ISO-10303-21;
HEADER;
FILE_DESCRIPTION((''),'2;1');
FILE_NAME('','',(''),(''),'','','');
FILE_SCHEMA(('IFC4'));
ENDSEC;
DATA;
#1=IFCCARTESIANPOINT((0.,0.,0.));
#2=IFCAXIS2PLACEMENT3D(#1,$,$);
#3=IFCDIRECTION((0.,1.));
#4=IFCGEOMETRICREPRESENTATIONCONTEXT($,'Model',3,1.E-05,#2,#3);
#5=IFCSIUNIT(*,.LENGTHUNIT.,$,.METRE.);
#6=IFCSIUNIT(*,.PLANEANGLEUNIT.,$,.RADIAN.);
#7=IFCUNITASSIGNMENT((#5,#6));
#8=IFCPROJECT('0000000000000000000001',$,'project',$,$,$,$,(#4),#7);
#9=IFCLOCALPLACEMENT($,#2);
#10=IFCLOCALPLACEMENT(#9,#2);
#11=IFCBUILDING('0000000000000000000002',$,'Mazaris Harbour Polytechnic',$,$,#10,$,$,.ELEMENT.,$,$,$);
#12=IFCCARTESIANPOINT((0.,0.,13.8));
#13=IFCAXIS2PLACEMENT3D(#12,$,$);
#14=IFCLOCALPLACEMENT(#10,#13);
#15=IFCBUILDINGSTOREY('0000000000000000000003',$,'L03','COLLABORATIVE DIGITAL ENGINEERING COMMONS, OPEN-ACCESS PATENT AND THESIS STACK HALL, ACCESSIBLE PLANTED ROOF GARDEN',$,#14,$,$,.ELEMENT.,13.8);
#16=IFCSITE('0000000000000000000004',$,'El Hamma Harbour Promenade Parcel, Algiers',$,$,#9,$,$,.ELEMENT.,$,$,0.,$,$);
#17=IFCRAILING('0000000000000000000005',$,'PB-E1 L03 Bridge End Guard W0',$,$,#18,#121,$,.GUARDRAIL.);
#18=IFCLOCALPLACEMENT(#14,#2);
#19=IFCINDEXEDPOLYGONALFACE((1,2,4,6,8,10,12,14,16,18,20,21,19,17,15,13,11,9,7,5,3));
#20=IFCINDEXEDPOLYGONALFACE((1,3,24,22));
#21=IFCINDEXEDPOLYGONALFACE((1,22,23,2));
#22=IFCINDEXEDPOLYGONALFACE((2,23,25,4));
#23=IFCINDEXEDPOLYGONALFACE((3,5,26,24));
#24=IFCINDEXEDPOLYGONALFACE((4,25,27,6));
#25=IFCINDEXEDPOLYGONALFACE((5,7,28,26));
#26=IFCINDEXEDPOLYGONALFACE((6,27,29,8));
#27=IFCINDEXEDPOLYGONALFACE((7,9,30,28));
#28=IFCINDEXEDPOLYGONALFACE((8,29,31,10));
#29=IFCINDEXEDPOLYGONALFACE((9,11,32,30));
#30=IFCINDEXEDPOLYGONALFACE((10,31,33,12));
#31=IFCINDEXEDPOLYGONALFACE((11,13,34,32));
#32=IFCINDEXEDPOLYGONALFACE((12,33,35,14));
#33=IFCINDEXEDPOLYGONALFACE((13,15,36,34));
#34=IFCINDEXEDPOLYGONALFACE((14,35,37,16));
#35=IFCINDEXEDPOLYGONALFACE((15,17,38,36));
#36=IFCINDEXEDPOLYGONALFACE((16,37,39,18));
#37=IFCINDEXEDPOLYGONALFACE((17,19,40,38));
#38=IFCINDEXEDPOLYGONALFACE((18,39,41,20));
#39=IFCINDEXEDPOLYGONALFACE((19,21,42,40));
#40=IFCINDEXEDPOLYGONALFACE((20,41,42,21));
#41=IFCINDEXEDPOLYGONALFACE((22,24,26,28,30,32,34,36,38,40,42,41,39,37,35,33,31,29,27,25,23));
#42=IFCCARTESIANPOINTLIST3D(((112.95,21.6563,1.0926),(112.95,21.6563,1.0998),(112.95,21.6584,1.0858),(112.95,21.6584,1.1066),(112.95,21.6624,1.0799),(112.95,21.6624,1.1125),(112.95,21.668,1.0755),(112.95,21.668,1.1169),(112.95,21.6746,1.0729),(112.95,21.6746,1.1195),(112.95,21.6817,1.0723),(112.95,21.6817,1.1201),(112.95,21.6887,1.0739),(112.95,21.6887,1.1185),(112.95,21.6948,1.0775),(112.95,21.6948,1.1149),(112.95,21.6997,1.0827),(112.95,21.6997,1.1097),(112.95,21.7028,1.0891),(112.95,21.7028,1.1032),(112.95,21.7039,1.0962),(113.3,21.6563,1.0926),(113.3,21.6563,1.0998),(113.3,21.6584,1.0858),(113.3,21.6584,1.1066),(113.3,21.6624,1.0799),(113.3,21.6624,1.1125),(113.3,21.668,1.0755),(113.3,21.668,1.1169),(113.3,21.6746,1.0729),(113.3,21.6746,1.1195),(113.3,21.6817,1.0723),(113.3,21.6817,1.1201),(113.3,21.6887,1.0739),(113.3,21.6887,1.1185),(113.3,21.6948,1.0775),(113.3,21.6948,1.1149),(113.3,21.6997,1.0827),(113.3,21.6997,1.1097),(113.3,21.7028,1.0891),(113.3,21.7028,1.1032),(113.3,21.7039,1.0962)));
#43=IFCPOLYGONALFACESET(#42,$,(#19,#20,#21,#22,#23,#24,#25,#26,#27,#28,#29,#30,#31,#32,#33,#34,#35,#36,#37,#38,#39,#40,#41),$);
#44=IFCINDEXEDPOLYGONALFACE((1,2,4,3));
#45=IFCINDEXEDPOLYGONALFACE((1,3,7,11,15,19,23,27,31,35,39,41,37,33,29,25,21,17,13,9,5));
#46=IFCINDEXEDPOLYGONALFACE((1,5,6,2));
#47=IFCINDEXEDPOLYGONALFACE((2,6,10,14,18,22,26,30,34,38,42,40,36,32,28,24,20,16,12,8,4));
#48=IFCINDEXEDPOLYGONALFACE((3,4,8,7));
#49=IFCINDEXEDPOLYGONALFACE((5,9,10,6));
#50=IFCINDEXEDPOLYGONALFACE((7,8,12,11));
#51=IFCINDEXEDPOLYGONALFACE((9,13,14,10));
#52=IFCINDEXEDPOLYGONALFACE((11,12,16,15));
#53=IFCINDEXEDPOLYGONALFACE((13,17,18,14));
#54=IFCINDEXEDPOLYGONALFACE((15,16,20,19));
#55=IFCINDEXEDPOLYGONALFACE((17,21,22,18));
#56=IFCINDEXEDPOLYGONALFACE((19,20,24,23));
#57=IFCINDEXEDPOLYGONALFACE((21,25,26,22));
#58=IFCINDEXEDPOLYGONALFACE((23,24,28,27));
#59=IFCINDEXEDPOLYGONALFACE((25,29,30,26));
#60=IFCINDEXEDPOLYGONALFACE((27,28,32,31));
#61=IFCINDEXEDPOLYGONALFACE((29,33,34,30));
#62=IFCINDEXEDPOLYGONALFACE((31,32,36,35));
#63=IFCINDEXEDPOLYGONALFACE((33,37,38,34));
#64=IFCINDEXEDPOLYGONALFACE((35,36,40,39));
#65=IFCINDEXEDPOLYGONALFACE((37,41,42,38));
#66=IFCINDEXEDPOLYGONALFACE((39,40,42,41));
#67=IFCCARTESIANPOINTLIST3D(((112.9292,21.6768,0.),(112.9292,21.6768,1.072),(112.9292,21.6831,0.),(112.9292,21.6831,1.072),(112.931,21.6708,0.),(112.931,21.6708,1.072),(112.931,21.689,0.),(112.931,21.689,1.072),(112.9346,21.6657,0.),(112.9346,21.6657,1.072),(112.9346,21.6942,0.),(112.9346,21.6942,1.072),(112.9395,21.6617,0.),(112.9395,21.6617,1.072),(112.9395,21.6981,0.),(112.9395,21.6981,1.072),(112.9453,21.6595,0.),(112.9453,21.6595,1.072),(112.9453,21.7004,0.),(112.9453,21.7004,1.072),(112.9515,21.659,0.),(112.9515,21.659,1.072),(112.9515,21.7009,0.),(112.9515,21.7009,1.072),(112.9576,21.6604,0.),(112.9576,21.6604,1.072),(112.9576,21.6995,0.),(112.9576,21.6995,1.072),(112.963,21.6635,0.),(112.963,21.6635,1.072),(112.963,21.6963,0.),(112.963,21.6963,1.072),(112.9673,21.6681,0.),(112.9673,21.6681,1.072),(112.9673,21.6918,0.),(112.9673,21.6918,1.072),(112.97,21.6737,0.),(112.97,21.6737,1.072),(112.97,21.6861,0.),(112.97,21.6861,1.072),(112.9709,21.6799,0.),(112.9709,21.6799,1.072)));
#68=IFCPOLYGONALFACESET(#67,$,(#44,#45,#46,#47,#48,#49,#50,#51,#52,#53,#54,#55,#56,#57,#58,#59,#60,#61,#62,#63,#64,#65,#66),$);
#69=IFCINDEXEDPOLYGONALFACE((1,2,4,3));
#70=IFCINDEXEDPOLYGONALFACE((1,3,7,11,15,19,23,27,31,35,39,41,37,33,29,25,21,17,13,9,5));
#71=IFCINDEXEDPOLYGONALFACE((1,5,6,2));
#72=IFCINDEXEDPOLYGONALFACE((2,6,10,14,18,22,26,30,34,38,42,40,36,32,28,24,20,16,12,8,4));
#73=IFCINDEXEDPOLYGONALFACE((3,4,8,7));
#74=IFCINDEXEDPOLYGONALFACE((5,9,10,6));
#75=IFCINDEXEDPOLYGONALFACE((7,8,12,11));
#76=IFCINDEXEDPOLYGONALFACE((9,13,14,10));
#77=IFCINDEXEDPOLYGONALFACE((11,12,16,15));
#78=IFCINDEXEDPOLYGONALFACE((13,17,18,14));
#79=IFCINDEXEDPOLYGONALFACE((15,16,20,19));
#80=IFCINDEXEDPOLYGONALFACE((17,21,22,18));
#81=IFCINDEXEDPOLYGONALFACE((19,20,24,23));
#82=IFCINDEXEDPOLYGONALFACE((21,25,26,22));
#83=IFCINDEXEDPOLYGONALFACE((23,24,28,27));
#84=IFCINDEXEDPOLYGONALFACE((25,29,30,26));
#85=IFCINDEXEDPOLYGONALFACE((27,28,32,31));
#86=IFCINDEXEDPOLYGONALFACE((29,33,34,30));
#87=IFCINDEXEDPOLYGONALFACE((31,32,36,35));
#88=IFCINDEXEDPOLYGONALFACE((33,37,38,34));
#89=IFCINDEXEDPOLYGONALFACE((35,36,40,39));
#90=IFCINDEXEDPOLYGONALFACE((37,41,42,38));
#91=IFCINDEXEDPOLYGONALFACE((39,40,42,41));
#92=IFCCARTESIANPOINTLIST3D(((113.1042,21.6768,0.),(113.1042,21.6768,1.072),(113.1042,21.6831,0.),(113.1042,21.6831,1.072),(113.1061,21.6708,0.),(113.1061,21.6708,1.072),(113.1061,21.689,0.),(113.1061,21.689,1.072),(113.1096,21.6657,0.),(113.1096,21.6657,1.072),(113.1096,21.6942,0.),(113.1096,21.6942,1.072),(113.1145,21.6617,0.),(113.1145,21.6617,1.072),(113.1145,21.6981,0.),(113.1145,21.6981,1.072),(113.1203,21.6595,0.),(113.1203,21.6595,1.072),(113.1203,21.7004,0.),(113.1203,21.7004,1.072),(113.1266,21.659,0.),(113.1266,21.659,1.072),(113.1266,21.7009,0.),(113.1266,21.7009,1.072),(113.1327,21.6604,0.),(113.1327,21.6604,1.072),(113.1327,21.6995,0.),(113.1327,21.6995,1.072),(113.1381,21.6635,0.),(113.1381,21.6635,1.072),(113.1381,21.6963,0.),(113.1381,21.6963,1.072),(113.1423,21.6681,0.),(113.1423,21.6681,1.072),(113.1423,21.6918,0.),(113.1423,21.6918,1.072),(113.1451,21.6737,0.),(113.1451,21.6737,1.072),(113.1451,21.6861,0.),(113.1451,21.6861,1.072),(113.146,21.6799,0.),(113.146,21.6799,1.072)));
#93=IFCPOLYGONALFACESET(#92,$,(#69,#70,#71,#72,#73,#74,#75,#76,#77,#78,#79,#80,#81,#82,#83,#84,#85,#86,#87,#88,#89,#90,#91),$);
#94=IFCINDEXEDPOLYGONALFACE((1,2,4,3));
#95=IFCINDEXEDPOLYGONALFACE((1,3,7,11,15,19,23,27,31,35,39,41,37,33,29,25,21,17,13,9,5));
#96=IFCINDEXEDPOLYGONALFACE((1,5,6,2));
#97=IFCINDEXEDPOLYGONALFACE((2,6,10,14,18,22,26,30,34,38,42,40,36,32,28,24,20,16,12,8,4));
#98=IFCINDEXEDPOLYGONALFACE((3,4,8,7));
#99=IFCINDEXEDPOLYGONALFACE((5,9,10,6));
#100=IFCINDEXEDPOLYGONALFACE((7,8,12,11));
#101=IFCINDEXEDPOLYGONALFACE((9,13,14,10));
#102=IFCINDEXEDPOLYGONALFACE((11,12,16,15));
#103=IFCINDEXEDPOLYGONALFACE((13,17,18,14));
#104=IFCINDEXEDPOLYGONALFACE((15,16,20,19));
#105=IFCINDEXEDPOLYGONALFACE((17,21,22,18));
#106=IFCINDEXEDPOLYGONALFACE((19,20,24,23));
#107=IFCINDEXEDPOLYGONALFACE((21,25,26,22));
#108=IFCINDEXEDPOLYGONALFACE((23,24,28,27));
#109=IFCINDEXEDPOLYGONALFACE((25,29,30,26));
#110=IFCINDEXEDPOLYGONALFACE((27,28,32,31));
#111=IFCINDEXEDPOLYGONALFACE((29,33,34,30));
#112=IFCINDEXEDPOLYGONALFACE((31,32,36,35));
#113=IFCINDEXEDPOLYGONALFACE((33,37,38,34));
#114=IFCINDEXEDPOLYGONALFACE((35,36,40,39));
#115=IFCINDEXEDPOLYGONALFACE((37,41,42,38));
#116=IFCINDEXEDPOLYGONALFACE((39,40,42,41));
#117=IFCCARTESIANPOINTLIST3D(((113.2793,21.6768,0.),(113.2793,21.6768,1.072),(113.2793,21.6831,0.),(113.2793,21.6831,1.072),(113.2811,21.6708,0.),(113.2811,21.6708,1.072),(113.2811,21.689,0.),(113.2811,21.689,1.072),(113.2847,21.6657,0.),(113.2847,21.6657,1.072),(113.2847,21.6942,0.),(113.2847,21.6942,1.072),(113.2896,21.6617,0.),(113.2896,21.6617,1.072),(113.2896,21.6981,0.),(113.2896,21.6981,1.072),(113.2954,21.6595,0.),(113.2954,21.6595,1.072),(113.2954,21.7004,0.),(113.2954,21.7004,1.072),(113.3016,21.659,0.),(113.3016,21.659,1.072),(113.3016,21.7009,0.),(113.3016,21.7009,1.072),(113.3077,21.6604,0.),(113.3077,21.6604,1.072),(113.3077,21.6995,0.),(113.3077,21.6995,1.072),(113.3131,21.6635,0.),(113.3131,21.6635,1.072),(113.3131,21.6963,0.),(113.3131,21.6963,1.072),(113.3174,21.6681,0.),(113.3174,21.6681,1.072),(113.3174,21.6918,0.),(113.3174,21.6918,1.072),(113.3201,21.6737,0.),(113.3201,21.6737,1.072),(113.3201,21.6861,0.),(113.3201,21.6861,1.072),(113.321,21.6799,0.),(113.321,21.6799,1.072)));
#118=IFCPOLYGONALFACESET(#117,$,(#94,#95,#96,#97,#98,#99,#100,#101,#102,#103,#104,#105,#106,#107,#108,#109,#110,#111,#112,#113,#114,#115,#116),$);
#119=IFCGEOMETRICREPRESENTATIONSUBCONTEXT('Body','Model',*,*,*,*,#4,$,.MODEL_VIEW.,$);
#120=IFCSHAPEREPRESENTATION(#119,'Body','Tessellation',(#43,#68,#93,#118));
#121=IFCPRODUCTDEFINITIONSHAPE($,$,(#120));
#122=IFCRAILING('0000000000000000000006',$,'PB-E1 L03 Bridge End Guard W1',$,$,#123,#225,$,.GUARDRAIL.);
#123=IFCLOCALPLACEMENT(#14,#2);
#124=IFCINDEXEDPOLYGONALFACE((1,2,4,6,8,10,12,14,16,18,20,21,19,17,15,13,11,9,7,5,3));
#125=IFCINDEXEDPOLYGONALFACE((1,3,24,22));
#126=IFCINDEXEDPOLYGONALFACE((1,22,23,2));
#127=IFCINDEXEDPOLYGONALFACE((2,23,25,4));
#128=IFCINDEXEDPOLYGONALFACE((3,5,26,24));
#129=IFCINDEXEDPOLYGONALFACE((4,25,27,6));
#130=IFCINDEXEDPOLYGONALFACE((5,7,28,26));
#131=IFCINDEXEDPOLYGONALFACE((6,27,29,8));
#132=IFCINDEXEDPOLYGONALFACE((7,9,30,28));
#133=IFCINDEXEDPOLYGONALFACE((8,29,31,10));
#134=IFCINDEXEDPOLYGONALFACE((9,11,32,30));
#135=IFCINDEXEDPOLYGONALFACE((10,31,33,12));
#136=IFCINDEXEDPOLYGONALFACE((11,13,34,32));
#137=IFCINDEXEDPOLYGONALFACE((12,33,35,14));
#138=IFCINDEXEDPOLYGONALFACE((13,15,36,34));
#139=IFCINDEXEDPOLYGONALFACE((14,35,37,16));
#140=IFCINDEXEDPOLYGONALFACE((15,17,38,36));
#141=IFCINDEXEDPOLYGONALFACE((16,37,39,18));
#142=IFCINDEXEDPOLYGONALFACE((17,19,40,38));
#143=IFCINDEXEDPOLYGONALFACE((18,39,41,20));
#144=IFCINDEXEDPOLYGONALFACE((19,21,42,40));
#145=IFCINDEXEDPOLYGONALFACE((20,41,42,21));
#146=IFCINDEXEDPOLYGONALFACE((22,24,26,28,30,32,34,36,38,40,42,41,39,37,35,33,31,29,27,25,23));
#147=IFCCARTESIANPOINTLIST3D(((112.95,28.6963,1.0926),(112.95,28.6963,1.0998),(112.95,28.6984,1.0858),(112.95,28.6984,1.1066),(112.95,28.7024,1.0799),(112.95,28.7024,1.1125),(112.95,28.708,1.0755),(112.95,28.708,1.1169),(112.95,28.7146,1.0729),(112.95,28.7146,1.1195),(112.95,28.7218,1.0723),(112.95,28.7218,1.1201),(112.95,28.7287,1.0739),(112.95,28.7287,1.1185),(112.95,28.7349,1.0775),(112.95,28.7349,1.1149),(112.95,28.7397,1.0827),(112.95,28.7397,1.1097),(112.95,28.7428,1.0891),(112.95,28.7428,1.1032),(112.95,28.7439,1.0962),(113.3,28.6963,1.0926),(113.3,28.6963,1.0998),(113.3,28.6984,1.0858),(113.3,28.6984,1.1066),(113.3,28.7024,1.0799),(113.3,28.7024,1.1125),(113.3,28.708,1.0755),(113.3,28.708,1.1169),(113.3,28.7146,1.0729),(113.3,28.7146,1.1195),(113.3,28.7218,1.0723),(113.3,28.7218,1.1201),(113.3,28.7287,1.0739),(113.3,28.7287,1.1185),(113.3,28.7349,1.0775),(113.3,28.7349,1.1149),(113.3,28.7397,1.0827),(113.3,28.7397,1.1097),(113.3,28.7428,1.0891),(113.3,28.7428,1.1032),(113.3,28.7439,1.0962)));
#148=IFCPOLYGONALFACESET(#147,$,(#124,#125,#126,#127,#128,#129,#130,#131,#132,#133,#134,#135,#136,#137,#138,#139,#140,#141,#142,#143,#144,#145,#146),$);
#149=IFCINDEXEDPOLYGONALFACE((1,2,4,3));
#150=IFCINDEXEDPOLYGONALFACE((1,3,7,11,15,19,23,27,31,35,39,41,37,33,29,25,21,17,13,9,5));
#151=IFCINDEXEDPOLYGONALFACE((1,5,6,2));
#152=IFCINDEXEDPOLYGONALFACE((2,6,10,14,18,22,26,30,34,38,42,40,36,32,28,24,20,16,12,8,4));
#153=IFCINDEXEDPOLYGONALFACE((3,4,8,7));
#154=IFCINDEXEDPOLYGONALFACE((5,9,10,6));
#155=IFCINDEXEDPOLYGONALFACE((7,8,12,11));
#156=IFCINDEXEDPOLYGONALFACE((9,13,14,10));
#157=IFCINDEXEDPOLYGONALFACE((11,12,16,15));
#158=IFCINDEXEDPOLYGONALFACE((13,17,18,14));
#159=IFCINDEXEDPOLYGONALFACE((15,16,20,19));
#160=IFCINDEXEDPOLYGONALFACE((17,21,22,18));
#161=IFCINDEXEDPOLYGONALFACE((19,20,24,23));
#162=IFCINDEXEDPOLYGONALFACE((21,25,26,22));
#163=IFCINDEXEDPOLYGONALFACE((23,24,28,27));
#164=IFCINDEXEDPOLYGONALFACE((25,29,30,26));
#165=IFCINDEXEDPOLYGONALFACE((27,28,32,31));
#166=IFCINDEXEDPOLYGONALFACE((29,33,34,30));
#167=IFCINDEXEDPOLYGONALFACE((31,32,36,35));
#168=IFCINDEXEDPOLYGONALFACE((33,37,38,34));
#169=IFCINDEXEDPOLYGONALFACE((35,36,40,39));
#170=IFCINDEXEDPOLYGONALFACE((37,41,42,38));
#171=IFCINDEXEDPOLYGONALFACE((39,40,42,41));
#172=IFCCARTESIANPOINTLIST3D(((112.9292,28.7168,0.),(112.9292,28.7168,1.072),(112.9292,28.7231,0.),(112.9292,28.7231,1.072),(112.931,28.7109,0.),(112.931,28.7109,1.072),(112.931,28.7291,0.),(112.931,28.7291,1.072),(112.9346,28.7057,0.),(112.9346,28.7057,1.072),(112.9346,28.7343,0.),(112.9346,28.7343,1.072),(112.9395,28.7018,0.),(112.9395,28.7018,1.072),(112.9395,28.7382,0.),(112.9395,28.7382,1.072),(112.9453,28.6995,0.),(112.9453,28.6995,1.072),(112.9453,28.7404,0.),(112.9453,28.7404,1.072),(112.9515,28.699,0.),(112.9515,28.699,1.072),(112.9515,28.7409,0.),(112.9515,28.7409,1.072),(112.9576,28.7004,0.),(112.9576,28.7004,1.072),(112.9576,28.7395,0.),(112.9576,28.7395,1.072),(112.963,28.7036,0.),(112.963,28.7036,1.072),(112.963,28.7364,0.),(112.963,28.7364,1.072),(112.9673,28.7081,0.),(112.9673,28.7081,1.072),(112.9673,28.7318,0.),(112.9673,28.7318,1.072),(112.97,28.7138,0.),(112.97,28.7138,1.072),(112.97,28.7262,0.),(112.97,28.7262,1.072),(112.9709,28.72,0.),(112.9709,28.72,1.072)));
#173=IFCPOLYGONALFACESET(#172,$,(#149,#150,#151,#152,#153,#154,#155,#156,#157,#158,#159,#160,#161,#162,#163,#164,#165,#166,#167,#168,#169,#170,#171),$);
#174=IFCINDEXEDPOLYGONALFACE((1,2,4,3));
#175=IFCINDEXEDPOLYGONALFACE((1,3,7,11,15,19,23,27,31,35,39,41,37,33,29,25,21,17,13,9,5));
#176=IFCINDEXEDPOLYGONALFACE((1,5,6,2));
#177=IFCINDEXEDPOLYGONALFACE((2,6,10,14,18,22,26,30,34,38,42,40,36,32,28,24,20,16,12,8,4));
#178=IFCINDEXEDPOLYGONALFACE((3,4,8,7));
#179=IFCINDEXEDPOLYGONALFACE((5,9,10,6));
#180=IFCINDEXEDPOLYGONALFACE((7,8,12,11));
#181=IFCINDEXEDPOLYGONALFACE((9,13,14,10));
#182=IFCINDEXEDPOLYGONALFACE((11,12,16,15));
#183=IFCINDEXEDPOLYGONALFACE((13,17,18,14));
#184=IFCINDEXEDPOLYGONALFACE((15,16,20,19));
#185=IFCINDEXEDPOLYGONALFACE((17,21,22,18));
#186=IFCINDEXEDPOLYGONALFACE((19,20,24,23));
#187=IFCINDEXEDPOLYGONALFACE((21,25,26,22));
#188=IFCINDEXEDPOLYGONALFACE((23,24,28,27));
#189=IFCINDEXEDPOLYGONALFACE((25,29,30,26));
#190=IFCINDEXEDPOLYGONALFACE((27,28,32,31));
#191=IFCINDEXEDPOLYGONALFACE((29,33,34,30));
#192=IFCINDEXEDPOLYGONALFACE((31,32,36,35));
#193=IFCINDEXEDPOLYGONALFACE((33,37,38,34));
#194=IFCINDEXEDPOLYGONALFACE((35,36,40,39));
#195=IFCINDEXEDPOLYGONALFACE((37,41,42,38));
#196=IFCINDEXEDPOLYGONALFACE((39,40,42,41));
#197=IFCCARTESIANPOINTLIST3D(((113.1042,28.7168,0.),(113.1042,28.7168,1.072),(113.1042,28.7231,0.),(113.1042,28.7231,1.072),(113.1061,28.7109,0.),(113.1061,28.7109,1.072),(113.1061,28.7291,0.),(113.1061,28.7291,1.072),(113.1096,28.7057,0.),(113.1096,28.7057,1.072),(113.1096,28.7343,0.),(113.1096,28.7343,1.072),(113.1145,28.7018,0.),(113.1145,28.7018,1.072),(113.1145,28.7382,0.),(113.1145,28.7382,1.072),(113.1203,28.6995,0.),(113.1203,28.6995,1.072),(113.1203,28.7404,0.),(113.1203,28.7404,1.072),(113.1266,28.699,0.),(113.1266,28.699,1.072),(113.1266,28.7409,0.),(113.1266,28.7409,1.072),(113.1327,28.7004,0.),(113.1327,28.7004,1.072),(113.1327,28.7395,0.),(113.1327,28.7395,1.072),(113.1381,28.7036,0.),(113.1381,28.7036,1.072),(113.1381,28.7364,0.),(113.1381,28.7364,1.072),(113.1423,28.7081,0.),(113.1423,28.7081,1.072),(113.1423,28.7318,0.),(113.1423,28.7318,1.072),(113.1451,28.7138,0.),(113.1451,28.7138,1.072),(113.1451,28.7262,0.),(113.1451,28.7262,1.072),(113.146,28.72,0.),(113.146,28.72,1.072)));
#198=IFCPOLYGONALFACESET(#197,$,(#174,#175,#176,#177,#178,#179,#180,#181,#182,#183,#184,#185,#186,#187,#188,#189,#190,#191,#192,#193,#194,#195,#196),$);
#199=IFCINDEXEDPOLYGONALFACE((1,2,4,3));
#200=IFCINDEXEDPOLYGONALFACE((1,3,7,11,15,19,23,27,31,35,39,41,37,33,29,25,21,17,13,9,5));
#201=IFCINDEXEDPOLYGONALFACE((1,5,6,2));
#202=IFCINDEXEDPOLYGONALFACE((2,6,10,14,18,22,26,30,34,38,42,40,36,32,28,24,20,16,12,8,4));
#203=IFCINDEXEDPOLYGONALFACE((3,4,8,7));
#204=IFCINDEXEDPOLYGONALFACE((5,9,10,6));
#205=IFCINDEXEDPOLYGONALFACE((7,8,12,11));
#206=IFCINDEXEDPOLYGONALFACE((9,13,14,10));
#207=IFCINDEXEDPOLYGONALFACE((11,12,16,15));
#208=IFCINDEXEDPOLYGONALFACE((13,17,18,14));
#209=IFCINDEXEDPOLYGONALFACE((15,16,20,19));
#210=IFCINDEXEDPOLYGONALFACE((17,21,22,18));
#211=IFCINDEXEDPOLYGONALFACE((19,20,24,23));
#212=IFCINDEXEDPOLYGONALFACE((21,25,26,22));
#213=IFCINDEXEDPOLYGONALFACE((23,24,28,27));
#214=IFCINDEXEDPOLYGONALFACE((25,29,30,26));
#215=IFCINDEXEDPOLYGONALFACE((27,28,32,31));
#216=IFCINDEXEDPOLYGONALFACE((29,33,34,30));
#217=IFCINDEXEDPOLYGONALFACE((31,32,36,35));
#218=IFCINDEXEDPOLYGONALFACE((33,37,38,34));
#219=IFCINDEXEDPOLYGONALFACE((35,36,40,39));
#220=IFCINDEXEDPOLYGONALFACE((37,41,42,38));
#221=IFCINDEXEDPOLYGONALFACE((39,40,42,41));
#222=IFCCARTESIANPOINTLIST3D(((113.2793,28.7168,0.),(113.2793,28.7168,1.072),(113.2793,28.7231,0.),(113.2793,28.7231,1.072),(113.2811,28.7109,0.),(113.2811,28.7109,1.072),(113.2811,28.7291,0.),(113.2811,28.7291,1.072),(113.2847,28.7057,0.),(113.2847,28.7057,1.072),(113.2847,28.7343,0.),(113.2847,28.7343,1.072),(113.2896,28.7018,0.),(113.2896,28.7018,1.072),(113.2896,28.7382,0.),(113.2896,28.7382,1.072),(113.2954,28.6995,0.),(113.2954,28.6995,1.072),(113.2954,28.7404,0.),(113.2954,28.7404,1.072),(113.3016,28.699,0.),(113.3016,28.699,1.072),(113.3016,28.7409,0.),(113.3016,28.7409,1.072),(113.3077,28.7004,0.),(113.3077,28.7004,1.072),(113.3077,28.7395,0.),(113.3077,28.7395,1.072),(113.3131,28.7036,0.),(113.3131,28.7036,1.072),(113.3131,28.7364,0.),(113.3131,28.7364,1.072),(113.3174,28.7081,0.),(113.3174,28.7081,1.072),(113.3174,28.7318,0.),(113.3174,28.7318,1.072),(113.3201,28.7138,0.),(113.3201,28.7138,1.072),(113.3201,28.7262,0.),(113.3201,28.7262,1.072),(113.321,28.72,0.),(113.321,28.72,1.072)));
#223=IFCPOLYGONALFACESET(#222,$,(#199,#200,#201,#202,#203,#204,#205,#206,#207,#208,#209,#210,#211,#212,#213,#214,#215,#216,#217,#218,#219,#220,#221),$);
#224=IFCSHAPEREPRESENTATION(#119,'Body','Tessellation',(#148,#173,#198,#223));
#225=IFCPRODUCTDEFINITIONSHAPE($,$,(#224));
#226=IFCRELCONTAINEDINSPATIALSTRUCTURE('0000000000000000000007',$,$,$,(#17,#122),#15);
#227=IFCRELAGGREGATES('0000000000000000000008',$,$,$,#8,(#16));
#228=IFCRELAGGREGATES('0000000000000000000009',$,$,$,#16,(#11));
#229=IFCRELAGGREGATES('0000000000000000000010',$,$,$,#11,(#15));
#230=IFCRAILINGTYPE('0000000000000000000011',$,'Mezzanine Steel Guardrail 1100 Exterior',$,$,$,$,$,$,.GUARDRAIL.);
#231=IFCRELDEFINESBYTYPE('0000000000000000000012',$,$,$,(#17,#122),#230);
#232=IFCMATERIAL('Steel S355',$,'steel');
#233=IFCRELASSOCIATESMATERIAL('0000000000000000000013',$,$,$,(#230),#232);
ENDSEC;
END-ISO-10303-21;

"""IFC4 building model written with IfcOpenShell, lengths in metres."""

from ifc_helpers import new_model, si_unit, direction, frame, origin, origin_2d, place, context, subcontext, project, spatial, circle, extrude, material, type_object, element, save


model = new_model("IFC4")

# Units and contexts
model_context = context("Model", 3, precision=1e-05, world=origin(), true_north=direction((0.0, 1.0)))
body_context = subcontext(model_context, "Body", "Model", "MODEL_VIEW")
ifc_project = project(units=[si_unit("LENGTHUNIT", "METRE"), si_unit("PLANEANGLEUNIT", "RADIAN")], contexts=[model_context])

# Site, building, storey
site_placement = place(None, origin())
site = spatial("IfcSite", under=ifc_project, at=site_placement, Name="El Hamma Harbour Promenade Parcel, Algiers", CompositionType="ELEMENT", RefElevation=0.0)
building_placement = place(site_placement, origin())
building = spatial("IfcBuilding", under=site, at=building_placement, Name="Mazaris Harbour Polytechnic", CompositionType="ELEMENT")
storey_placement = place(building_placement, frame((0.0, 0.0, 13.8)))
storey = spatial("IfcBuildingStorey", under=building, at=storey_placement, Name="L03", Description="COLLABORATIVE DIGITAL ENGINEERING COMMONS, OPEN-ACCESS PATENT AND THESIS STACK HALL, ACCESSIBLE PLANTED ROOF GARDEN", CompositionType="ELEMENT", Elevation=13.8)

# Railings
ifc_material_1 = material(Name="Steel S355", Category="steel")
railing_type_1 = type_object("IfcRailingType", Name="Mezzanine Steel Guardrail 1100 Exterior", PredefinedType="GUARDRAIL", material=ifc_material_1)
for number, where, name in (
    (1, (112.95, 21.6799, 0.0), "PB-E1 L03 Bridge End Guard W0"),
    (2, (112.95, 28.72, 0.0), "PB-E1 L03 Bridge End Guard W1"),
):
    element("IfcRailing", number, at=place(storey_placement, frame(where)), inside=storey, type_object=railing_type_1, Name=name, PredefinedType="GUARDRAIL", context=body_context, shape_type="SweptSolid", body=[
        extrude(circle(Radius=0.0239, at=origin_2d()), frame((0.0, 0.0, 1.0962), z_axis=(1.0, 0.0, 0.0), x_axis=(0.0, 1.0, 0.0)), (0.0, 0.0, 1.0), 0.3501),
        extrude(circle(Radius=0.021, at=origin_2d()), origin(), (0.0, 0.0, 1.0), 1.072),
        extrude(circle(Radius=0.021, at=origin_2d()), frame((0.175, 0.0, 0.0)), (0.0, 0.0, 1.0), 1.072),
        extrude(circle(Radius=0.021, at=origin_2d()), frame((0.3501, 0.0, 0.0)), (0.0, 0.0, 1.0), 1.072),
    ])

save(model, "model.ifc")
